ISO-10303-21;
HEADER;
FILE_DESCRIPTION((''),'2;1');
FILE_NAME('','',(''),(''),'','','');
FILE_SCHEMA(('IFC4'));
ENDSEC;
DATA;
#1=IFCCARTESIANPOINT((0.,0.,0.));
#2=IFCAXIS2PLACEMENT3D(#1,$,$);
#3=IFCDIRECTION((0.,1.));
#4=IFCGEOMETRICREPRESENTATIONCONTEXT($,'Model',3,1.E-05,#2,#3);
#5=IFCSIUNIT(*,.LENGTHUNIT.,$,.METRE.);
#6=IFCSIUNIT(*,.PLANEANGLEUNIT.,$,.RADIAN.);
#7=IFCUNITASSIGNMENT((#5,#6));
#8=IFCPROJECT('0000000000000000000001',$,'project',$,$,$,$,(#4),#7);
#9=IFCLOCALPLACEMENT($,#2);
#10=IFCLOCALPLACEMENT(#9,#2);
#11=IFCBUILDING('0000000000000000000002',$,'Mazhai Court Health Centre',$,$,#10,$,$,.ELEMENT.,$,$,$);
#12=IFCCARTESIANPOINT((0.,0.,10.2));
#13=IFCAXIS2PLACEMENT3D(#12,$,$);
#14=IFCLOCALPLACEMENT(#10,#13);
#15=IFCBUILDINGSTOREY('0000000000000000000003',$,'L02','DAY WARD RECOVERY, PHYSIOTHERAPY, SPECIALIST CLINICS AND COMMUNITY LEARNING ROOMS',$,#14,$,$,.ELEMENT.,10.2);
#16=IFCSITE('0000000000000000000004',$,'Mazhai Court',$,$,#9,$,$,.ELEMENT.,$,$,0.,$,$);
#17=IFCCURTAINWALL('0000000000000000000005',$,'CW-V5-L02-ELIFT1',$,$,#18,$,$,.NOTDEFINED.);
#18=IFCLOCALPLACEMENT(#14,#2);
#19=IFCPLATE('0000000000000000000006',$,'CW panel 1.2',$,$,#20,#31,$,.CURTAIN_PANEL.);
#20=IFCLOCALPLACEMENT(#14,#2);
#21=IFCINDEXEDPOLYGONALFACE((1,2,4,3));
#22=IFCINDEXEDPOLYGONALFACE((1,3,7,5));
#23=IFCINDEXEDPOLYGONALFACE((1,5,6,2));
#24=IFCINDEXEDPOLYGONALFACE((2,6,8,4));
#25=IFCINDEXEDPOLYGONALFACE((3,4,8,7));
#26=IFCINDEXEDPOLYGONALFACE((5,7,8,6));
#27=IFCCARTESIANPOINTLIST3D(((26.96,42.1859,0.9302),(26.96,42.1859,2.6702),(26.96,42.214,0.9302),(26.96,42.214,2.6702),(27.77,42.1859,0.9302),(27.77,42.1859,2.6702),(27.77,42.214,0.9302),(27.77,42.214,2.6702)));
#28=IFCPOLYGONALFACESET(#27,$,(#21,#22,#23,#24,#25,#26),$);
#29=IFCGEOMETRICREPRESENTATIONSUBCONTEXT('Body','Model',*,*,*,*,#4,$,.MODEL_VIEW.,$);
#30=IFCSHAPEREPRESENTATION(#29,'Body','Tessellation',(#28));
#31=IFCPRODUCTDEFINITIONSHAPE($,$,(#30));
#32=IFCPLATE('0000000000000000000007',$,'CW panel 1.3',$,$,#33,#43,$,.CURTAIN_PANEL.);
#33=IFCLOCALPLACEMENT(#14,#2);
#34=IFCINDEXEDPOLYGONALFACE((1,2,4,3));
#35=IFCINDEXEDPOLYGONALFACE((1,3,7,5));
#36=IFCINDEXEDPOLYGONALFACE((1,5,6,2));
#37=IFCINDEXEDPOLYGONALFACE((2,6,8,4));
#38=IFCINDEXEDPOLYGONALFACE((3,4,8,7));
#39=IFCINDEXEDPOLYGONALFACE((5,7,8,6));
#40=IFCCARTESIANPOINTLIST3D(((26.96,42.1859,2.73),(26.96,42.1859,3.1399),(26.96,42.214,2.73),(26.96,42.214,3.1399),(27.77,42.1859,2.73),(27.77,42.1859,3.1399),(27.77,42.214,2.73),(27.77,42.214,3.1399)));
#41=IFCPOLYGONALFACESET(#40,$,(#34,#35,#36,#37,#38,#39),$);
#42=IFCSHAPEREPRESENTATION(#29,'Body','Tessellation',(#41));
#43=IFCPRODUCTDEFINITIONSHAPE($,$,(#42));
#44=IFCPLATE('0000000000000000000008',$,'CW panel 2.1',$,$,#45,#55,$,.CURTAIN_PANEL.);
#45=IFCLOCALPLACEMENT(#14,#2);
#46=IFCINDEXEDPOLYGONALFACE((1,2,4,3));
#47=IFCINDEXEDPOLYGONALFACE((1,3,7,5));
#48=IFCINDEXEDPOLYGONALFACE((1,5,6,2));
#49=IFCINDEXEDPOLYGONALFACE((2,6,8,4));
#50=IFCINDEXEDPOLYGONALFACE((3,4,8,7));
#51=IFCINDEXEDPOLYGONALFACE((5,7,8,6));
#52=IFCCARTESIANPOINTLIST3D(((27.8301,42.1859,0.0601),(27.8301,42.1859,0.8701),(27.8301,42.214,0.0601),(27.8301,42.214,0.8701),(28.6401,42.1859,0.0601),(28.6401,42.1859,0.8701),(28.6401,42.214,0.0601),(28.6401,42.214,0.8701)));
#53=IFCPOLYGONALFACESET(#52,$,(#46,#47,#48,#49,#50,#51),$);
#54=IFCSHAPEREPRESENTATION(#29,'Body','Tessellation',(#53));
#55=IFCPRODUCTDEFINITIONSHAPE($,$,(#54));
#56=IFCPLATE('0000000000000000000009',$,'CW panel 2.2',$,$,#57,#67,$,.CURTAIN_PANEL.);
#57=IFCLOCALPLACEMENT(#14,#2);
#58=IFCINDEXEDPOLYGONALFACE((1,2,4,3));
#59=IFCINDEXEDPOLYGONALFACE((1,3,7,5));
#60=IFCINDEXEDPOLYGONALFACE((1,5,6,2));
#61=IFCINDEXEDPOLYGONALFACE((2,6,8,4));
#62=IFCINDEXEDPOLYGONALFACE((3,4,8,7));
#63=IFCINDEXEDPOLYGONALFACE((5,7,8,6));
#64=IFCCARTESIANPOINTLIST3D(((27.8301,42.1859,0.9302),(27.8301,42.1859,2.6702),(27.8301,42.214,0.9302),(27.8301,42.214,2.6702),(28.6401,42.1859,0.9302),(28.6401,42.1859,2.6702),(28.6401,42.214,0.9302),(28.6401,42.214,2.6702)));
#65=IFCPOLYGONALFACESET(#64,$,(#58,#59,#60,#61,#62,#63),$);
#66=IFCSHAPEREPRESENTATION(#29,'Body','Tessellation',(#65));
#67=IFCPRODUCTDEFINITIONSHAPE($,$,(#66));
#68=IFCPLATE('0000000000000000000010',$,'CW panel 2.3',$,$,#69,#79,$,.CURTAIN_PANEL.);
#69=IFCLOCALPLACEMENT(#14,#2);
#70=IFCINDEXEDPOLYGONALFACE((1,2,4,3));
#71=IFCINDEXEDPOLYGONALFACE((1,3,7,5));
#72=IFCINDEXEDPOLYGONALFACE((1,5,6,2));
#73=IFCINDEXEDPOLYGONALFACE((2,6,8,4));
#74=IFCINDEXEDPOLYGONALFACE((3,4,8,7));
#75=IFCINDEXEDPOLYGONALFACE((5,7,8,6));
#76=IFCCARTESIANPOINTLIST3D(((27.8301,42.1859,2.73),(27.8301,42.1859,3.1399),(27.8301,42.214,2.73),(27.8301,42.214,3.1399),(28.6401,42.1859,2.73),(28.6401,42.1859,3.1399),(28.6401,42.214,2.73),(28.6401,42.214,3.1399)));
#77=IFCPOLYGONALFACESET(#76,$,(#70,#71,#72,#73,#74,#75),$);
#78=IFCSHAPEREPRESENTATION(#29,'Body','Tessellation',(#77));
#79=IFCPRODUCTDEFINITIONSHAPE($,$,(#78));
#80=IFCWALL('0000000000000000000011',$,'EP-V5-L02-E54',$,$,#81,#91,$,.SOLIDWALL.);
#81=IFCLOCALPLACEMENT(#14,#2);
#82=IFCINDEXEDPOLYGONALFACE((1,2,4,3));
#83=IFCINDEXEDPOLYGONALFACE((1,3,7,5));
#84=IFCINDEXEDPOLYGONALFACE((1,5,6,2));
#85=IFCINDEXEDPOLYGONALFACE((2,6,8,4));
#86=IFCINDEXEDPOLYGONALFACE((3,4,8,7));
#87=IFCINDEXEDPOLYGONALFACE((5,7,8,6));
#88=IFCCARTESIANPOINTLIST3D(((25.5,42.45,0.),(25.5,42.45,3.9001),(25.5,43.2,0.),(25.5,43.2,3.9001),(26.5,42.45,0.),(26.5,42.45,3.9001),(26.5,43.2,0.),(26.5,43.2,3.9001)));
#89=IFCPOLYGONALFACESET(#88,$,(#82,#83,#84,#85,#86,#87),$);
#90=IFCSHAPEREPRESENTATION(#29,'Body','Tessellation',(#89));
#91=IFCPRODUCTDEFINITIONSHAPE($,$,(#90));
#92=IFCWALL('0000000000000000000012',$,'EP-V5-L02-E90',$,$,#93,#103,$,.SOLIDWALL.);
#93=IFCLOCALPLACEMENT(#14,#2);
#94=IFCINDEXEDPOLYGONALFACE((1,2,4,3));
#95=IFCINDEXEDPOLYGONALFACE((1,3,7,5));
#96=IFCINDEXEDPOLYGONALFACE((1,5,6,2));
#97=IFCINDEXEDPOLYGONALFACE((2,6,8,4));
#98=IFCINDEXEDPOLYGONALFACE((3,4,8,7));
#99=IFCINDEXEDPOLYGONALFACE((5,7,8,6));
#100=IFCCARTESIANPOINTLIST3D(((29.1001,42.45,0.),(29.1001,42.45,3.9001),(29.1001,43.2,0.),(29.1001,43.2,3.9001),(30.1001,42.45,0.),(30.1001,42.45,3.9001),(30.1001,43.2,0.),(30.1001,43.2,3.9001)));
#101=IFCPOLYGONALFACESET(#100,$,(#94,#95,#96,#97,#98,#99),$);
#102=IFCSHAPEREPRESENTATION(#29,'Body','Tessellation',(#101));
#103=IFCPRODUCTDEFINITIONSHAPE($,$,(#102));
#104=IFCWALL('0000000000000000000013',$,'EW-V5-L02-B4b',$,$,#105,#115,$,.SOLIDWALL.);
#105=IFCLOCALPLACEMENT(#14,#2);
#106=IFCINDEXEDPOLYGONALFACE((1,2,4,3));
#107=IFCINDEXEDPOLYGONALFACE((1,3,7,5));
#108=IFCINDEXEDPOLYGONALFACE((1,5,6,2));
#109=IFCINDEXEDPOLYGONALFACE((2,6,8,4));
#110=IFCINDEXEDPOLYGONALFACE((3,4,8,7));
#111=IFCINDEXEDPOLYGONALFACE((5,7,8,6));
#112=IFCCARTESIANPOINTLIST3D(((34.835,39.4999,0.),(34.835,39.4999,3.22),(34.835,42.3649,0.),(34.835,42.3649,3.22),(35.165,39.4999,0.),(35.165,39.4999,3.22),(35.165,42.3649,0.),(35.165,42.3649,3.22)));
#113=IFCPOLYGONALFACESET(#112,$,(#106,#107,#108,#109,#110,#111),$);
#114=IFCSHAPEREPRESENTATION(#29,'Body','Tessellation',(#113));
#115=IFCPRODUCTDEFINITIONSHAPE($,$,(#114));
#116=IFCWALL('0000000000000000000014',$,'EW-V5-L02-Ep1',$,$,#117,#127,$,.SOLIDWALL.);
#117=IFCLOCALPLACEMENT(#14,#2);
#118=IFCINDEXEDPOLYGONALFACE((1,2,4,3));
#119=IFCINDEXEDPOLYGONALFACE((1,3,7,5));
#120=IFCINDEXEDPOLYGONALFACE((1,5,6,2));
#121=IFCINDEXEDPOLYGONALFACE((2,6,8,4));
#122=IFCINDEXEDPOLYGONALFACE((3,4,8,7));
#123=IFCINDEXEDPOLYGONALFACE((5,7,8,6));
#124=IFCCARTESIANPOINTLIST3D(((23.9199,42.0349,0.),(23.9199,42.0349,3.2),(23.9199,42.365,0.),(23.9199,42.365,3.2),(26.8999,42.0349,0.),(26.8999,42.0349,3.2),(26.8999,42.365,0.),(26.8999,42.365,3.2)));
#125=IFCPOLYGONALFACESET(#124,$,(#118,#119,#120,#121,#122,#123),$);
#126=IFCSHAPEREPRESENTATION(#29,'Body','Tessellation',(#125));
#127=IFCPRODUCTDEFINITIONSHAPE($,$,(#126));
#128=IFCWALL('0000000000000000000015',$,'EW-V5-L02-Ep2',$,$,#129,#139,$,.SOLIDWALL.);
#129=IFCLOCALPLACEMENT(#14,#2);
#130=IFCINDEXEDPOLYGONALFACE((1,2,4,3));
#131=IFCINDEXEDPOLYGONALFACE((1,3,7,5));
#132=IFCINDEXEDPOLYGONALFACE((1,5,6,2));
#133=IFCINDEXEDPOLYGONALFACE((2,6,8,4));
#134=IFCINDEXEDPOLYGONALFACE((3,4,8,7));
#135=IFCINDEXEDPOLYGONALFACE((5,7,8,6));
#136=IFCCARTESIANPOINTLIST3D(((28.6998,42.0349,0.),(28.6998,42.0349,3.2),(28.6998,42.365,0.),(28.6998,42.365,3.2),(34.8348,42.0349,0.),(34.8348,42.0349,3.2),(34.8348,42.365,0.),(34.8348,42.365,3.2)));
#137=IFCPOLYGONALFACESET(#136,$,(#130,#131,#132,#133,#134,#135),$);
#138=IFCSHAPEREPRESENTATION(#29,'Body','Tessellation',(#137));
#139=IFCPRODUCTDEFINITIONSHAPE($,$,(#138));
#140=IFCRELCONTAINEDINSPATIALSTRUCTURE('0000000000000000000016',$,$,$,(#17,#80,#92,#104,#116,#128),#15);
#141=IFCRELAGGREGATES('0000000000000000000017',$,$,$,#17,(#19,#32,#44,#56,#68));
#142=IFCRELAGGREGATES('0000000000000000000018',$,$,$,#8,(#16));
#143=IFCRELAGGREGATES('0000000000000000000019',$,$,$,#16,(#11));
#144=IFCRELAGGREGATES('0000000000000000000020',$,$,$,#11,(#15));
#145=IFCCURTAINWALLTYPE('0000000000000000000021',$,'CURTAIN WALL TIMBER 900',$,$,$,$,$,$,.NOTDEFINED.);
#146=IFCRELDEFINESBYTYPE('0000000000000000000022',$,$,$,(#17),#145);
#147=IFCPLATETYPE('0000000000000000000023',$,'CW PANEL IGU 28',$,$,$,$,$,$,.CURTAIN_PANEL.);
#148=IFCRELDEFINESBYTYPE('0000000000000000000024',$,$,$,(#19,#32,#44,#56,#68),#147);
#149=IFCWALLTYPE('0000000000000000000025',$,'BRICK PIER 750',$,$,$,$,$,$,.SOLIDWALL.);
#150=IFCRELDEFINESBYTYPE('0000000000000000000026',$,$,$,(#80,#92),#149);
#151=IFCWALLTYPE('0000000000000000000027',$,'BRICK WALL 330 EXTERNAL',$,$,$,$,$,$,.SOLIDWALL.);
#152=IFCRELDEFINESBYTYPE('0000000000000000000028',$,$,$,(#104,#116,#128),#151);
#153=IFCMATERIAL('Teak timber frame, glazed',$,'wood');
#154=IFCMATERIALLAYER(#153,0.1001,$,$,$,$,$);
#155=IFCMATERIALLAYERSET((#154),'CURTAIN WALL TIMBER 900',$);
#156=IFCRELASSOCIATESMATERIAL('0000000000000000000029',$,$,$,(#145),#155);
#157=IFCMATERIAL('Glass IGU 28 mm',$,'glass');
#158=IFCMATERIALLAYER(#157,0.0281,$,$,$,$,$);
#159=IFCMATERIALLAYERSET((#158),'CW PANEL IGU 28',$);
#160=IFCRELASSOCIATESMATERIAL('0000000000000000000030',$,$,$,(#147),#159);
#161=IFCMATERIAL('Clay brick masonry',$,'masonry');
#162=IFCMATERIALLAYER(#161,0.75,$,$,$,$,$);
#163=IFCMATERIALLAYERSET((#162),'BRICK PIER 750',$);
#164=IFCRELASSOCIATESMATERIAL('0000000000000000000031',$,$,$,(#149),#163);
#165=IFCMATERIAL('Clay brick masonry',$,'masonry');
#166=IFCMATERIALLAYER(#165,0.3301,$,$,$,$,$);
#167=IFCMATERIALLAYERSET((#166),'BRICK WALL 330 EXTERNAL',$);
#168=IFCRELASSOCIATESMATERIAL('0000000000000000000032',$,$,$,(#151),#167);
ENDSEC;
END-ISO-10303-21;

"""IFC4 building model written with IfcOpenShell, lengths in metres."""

from ifc_helpers import new_model, si_unit, direction, frame, frame_2d, origin, origin_2d, place, context, subcontext, project, spatial, rectangle, extrude, material, layer, layer_set, type_object, element, aggregate, save


model = new_model("IFC4")

# Units and contexts
model_context = context("Model", 3, precision=1e-05, world=origin(), true_north=direction((0.0, 1.0)))
body_context = subcontext(model_context, "Body", "Model", "MODEL_VIEW")
ifc_project = project(units=[si_unit("LENGTHUNIT", "METRE"), si_unit("PLANEANGLEUNIT", "RADIAN")], contexts=[model_context])

# Site, building, storey
site_placement = place(None, origin())
site = spatial("IfcSite", under=ifc_project, at=site_placement, Name="Mazhai Court", CompositionType="ELEMENT", RefElevation=0.0)
building_placement = place(site_placement, origin())
building = spatial("IfcBuilding", under=site, at=building_placement, Name="Mazhai Court Health Centre", CompositionType="ELEMENT")
storey_placement = place(building_placement, frame((0.0, 0.0, 10.2)))
storey = spatial("IfcBuildingStorey", under=building, at=storey_placement, Name="L02", Description="DAY WARD RECOVERY, PHYSIOTHERAPY, SPECIALIST CLINICS AND COMMUNITY LEARNING ROOMS", CompositionType="ELEMENT", Elevation=10.2)

# Curtain wall
ifc_material_1 = material(Name="Teak timber frame, glazed", Category="wood")
ifc_layer_1 = layer(ifc_material_1, 0.1001)
ifc_layer_set_1 = layer_set([ifc_layer_1], Name="CURTAIN WALL TIMBER 900")
curtain_wall_type = type_object("IfcCurtainWallType", Name="CURTAIN WALL TIMBER 900", PredefinedType="NOTDEFINED", material=ifc_layer_set_1)
curtain_wall_placement = place(storey_placement, origin())
curtain_wall = element("IfcCurtainWall", 1, at=curtain_wall_placement, inside=storey, type_object=curtain_wall_type, Name="CW-V5-L02-ELIFT1", PredefinedType="NOTDEFINED")

# Plates
ifc_material_2 = material(Name="Glass IGU 28 mm", Category="glass")
ifc_layer_2 = layer(ifc_material_2, 0.0281)
ifc_layer_set_2 = layer_set([ifc_layer_2], Name="CW PANEL IGU 28")
plate_type = type_object("IfcPlateType", Name="CW PANEL IGU 28", PredefinedType="CURTAIN_PANEL", material=ifc_layer_set_2)
plate_1_placement = place(storey_placement, frame((27.365, 42.2, 0.9302), z_axis=(0.0, 0.0, 1.0), x_axis=(1.0, 0.0, 0.0)))
plate_1 = element("IfcPlate", 2, at=plate_1_placement, type_object=plate_type, Name="CW panel 1.2", PredefinedType="CURTAIN_PANEL", context=body_context, shape_type="SweptSolid", body=[
    extrude(rectangle(XDim=0.8101, YDim=0.0281, at=origin_2d()), origin(), (0.0, 0.0, 1.0), 1.74),
])
plate_2_placement = place(storey_placement, frame((27.365, 42.2, 2.73), z_axis=(0.0, 0.0, 1.0), x_axis=(1.0, 0.0, 0.0)))
plate_2 = element("IfcPlate", 3, at=plate_2_placement, type_object=plate_type, Name="CW panel 1.3", PredefinedType="CURTAIN_PANEL", context=body_context, shape_type="SweptSolid", body=[
    extrude(rectangle(XDim=0.8101, YDim=0.0281, at=origin_2d()), origin(), (0.0, 0.0, 1.0), 0.4099),
])
plate_3_placement = place(storey_placement, frame((28.2351, 42.2, 0.0601), z_axis=(0.0, 0.0, 1.0), x_axis=(1.0, 0.0, 0.0)))
plate_3 = element("IfcPlate", 4, at=plate_3_placement, type_object=plate_type, Name="CW panel 2.1", PredefinedType="CURTAIN_PANEL", context=body_context, shape_type="SweptSolid", body=[
    extrude(rectangle(XDim=0.8101, YDim=0.0281, at=origin_2d()), origin(), (0.0, 0.0, 1.0), 0.8101),
])
plate_4_placement = place(storey_placement, frame((28.2351, 42.2, 0.9302), z_axis=(0.0, 0.0, 1.0), x_axis=(1.0, 0.0, 0.0)))
plate_4 = element("IfcPlate", 5, at=plate_4_placement, type_object=plate_type, Name="CW panel 2.2", PredefinedType="CURTAIN_PANEL", context=body_context, shape_type="SweptSolid", body=[
    extrude(rectangle(XDim=0.8101, YDim=0.0281, at=origin_2d()), origin(), (0.0, 0.0, 1.0), 1.74),
])
plate_5_placement = place(storey_placement, frame((28.2351, 42.2, 2.73), z_axis=(0.0, 0.0, 1.0), x_axis=(1.0, 0.0, 0.0)))
plate_5 = element("IfcPlate", 6, at=plate_5_placement, type_object=plate_type, Name="CW panel 2.3", PredefinedType="CURTAIN_PANEL", context=body_context, shape_type="SweptSolid", body=[
    extrude(rectangle(XDim=0.8101, YDim=0.0281, at=origin_2d()), origin(), (0.0, 0.0, 1.0), 0.4099),
])
aggregate(curtain_wall, [plate_1, plate_2, plate_3, plate_4, plate_5])

# Walls
ifc_material_3 = material(Name="Clay brick masonry", Category="masonry")
ifc_layer_3 = layer(ifc_material_3, 0.75)
ifc_layer_set_3 = layer_set([ifc_layer_3], Name="BRICK PIER 750")
wall_type_1 = type_object("IfcWallType", Name="BRICK PIER 750", PredefinedType="SOLIDWALL", material=ifc_layer_set_3)
for number, where, z_axis, x_axis, name in (
    (7, (25.5, 42.825, 0.0), (0.0, 0.0, 1.0), (1.0, 0.0, 0.0), "EP-V5-L02-E54"),
    (8, (29.1001, 42.825, 0.0), (0.0, 0.0, 1.0), (1.0, 0.0, 0.0), "EP-V5-L02-E90"),
):
    element("IfcWall", number, at=place(storey_placement, frame(where, z_axis=z_axis, x_axis=x_axis)), inside=storey, type_object=wall_type_1, Name=name, PredefinedType="SOLIDWALL", context=body_context, shape_type="SweptSolid", body=[
        extrude(rectangle(XDim=1.0, YDim=0.75, at=frame_2d((0.5, 0.0))), origin(), (0.0, 0.0, 1.0), 3.9001),
    ])
ifc_material_4 = material(Name="Clay brick masonry", Category="masonry")
ifc_layer_4 = layer(ifc_material_4, 0.3301)
ifc_layer_set_4 = layer_set([ifc_layer_4], Name="BRICK WALL 330 EXTERNAL")
wall_type_2 = type_object("IfcWallType", Name="BRICK WALL 330 EXTERNAL", PredefinedType="SOLIDWALL", material=ifc_layer_set_4)
wall_1_placement = place(storey_placement, frame((35.0, 42.365, 0.0), z_axis=(0.0, 0.0, 1.0), x_axis=(0.0, -1.0, 0.0)))
element("IfcWall", 9, at=wall_1_placement, inside=storey, type_object=wall_type_2, Name="EW-V5-L02-B4b", PredefinedType="SOLIDWALL", context=body_context, shape_type="SweptSolid", body=[
    extrude(rectangle(XDim=2.865, YDim=0.3301, at=frame_2d((1.4326, 0.0))), origin(), (0.0, 0.0, 1.0), 3.22),
])
wall_2_placement = place(storey_placement, frame((23.9199, 42.2, 0.0), z_axis=(0.0, 0.0, 1.0), x_axis=(1.0, 0.0, 0.0)))
element("IfcWall", 10, at=wall_2_placement, inside=storey, type_object=wall_type_2, Name="EW-V5-L02-Ep1", PredefinedType="SOLIDWALL", context=body_context, shape_type="SweptSolid", body=[
    extrude(rectangle(XDim=2.98, YDim=0.3301, at=frame_2d((1.49, 0.0))), origin(), (0.0, 0.0, 1.0), 3.2),
])
wall_3_placement = place(storey_placement, frame((28.7, 42.2, 0.0), z_axis=(0.0, 0.0, 1.0), x_axis=(1.0, 0.0, 0.0)))
element("IfcWall", 11, at=wall_3_placement, inside=storey, type_object=wall_type_2, Name="EW-V5-L02-Ep2", PredefinedType="SOLIDWALL", context=body_context, shape_type="SweptSolid", body=[
    extrude(rectangle(XDim=6.135, YDim=0.3301, at=frame_2d((3.0674, 0.0))), origin(), (0.0, 0.0, 1.0), 3.2),
])

save(model, "model.ifc")
